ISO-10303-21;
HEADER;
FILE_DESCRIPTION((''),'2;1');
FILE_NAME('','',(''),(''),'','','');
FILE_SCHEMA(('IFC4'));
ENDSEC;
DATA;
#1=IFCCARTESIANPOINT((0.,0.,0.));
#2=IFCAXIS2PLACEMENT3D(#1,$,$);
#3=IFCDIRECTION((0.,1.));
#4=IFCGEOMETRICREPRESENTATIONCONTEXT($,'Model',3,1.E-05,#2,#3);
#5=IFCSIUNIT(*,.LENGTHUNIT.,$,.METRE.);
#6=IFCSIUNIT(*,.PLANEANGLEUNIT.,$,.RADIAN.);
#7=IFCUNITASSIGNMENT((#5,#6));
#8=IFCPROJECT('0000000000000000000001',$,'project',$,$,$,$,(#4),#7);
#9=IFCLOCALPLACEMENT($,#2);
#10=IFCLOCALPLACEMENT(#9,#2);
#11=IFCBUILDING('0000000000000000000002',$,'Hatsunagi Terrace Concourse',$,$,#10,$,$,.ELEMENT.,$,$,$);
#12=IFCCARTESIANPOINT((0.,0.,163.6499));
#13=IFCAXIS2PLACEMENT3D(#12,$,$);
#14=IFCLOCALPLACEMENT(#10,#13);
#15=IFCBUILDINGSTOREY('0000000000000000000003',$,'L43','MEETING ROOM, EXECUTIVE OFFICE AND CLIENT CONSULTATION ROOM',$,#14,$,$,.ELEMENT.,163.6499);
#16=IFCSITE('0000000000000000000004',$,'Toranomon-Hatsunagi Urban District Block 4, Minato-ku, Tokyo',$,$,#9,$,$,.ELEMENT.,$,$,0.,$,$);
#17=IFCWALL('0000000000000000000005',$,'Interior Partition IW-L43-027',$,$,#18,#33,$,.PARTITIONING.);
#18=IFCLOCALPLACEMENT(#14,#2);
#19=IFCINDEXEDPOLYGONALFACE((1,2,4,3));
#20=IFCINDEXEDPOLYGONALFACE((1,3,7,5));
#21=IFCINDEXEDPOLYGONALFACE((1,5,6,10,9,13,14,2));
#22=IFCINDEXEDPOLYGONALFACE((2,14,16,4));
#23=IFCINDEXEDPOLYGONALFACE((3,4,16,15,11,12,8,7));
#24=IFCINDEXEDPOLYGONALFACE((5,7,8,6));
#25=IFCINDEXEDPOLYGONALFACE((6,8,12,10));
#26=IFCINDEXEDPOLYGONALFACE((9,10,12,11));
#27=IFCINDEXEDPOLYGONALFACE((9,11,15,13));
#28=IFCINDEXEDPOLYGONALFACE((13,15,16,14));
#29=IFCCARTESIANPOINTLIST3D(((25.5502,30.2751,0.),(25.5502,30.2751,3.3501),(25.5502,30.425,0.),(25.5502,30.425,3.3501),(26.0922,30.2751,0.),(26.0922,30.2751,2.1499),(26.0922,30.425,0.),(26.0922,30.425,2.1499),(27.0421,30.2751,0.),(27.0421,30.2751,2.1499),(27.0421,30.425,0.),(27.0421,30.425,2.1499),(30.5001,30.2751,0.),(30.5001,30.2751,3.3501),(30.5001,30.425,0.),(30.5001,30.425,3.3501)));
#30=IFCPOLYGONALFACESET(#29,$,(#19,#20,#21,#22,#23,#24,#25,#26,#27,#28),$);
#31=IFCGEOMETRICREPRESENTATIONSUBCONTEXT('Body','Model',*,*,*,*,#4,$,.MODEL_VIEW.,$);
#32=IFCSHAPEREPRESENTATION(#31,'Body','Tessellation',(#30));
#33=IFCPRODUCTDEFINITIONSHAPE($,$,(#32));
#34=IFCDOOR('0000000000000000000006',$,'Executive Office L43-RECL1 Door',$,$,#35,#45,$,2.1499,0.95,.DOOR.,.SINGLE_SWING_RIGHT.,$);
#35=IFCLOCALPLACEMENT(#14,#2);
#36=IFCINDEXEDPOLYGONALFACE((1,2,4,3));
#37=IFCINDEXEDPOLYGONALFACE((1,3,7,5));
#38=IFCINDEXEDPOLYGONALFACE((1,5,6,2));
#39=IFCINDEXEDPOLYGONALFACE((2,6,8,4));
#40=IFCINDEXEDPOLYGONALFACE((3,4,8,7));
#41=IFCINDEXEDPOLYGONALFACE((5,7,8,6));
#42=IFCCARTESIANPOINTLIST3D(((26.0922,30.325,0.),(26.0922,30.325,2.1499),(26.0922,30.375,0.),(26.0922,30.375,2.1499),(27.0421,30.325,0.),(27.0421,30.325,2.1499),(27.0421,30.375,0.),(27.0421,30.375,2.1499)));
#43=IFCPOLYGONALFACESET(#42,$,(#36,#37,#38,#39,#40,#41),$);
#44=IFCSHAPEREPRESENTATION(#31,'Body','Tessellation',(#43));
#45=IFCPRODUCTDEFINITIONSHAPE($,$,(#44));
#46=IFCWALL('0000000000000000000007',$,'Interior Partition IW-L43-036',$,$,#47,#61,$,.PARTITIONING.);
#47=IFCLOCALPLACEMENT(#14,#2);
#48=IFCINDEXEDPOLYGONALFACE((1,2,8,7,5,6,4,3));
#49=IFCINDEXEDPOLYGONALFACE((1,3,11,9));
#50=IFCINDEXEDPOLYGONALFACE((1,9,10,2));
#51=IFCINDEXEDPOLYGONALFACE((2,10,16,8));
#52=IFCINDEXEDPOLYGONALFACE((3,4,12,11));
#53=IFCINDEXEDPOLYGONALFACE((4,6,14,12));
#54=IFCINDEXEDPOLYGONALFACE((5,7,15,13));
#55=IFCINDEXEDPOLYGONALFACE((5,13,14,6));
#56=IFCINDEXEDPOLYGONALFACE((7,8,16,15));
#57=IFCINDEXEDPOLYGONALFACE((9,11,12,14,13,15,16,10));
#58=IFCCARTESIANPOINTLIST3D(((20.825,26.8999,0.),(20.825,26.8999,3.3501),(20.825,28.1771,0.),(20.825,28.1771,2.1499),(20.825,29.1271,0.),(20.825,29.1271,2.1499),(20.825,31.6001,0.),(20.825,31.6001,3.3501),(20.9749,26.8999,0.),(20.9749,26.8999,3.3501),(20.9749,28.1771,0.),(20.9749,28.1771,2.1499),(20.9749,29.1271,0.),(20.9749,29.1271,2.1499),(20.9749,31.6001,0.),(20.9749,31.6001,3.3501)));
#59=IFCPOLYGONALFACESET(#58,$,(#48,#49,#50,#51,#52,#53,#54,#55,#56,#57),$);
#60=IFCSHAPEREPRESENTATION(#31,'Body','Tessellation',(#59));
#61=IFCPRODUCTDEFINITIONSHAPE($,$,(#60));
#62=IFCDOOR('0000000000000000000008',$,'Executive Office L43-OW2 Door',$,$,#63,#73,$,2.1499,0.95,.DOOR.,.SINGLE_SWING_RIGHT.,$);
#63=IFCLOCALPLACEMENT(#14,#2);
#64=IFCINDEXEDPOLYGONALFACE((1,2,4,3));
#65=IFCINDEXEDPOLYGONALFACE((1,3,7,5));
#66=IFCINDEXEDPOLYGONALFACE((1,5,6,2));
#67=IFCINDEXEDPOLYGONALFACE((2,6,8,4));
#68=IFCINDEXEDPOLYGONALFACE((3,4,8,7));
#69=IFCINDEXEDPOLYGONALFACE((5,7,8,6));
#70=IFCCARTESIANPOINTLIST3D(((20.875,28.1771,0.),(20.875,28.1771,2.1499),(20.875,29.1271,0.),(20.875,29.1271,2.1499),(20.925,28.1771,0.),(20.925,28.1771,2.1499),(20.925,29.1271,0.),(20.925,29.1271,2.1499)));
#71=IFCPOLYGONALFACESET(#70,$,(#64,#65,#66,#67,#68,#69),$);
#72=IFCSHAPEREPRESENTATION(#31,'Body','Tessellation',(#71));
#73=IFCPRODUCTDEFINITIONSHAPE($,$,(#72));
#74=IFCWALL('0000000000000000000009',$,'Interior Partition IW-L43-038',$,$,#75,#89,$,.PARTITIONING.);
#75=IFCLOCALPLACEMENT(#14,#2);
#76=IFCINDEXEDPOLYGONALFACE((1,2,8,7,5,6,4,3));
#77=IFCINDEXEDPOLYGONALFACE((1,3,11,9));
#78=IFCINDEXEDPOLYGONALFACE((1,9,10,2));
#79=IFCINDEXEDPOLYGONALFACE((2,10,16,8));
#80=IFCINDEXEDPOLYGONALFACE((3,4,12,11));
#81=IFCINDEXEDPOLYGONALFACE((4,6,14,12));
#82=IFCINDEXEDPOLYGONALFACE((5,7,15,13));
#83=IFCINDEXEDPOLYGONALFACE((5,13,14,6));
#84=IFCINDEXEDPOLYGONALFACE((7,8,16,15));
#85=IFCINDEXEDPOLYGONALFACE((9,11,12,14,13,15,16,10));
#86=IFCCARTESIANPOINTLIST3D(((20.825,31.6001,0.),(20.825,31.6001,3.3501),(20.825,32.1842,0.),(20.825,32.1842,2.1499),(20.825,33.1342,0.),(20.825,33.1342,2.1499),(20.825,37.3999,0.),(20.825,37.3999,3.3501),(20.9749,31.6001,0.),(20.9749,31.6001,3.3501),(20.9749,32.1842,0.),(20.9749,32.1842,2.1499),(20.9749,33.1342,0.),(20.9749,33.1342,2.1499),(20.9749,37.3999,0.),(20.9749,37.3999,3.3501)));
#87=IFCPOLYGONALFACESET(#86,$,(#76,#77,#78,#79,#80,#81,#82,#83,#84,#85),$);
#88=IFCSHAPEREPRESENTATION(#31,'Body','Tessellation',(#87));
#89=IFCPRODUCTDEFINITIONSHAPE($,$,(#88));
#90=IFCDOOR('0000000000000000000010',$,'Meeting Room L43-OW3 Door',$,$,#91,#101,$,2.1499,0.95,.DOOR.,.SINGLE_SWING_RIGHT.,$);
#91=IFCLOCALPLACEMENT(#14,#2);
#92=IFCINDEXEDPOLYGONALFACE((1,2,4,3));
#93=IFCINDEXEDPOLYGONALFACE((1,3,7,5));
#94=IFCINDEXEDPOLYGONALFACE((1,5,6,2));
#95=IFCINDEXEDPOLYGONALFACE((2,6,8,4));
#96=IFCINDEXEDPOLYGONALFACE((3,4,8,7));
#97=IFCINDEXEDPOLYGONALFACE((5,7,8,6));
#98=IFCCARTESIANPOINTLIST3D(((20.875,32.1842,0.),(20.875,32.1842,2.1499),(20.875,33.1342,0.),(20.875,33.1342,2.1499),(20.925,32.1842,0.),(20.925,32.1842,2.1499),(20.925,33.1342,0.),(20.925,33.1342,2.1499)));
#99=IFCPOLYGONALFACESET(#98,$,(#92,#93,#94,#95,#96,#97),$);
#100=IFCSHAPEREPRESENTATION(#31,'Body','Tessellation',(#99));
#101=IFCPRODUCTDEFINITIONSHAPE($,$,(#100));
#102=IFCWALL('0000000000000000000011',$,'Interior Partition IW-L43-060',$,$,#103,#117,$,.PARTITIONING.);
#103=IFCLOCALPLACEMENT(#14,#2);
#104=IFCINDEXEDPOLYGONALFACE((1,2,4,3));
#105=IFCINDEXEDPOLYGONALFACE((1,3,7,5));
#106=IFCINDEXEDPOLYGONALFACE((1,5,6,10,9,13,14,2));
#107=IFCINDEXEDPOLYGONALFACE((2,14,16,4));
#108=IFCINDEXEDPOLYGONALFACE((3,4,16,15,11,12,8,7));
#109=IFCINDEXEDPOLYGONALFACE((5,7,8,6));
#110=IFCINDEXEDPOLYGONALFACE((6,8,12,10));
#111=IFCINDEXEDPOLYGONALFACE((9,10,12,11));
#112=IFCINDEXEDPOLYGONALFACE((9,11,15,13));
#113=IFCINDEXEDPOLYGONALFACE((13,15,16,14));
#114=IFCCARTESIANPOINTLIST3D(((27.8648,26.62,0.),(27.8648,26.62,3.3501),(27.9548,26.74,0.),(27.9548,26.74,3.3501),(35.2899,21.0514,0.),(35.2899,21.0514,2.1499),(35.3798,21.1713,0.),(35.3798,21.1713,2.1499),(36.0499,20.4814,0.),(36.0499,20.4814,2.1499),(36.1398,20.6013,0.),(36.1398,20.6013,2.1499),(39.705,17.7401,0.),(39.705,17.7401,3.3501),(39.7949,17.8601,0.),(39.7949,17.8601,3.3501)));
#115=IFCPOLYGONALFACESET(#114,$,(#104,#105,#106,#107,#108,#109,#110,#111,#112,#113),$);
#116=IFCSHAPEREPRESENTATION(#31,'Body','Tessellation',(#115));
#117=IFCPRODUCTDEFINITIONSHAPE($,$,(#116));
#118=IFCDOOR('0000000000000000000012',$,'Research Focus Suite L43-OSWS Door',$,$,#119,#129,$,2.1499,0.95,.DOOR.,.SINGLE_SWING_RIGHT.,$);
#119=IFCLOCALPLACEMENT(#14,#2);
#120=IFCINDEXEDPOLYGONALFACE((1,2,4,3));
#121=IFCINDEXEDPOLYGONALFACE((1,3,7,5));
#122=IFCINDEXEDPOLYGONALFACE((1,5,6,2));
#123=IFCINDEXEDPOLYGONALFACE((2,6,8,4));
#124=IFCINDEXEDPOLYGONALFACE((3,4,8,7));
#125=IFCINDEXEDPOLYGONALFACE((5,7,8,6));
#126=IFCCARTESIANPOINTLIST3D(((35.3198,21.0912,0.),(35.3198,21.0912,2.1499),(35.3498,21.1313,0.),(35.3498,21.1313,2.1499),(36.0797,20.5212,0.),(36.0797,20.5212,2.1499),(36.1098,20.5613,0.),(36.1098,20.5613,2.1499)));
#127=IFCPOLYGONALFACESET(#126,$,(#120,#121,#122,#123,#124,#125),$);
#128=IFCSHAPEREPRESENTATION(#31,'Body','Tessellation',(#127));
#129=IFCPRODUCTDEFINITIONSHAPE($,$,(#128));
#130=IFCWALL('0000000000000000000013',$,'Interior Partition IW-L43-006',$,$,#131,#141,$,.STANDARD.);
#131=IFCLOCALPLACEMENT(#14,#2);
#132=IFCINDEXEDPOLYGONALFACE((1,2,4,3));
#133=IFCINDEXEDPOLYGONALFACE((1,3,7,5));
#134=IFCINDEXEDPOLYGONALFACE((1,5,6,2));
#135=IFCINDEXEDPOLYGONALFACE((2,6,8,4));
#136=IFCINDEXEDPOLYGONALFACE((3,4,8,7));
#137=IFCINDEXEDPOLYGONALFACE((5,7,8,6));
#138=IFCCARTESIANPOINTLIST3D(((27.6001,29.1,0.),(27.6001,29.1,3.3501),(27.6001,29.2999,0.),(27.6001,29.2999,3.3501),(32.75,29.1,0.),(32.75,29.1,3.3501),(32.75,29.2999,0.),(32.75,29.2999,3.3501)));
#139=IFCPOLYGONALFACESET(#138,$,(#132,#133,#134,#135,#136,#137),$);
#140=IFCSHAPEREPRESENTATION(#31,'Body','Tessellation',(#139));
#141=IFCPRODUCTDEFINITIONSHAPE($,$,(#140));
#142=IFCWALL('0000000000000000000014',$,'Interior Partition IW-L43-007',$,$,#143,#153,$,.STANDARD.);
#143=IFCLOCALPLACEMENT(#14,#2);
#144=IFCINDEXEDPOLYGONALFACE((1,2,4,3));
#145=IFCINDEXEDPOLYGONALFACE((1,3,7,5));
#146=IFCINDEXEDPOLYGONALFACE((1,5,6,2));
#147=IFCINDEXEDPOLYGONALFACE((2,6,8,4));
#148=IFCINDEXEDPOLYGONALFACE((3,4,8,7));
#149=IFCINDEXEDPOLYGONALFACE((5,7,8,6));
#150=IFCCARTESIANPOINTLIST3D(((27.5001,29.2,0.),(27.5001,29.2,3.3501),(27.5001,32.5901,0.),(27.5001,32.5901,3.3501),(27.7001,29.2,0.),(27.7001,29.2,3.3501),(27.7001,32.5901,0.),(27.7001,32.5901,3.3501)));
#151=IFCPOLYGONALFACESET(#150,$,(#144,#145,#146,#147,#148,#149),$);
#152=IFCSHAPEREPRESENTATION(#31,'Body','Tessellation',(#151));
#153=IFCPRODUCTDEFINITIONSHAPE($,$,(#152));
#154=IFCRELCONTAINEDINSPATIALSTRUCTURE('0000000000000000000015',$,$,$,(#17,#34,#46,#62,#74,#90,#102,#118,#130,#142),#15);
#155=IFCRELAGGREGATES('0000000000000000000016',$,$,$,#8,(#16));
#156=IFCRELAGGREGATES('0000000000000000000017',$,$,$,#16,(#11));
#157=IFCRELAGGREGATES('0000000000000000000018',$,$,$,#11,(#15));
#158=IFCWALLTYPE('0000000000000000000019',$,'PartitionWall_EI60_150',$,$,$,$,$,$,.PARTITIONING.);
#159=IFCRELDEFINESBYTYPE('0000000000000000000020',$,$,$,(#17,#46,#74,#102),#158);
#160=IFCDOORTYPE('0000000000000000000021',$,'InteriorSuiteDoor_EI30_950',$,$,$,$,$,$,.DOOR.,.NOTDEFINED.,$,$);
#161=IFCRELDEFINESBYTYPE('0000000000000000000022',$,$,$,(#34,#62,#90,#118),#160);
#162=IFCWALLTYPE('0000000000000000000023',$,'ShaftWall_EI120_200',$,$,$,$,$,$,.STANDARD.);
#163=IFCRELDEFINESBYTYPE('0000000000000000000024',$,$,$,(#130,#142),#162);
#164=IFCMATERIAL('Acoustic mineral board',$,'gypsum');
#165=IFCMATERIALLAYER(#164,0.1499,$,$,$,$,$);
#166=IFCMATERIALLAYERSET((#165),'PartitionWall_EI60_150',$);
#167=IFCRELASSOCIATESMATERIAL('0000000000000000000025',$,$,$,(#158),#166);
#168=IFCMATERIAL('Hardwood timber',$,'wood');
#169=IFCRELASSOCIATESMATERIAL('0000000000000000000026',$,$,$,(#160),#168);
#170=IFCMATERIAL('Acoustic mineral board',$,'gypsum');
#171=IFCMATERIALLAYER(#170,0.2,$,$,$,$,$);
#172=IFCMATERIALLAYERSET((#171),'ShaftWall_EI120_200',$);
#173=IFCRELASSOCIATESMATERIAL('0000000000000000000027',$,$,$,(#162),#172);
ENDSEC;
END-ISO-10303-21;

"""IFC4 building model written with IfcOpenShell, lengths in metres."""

from ifc_helpers import new_model, si_unit, direction, frame, frame_2d, origin, place, context, subcontext, project, spatial, rectangle, extrude, material, layer, layer_set, type_object, element, fill, save


model = new_model("IFC4")

# Units and contexts
model_context = context("Model", 3, precision=1e-05, world=origin(), true_north=direction((0.0, 1.0)))
body_context = subcontext(model_context, "Body", "Model", "MODEL_VIEW")
ifc_project = project(units=[si_unit("LENGTHUNIT", "METRE"), si_unit("PLANEANGLEUNIT", "RADIAN")], contexts=[model_context])

# Site, building, storey
site_placement = place(None, origin())
site = spatial("IfcSite", under=ifc_project, at=site_placement, Name="Toranomon-Hatsunagi Urban District Block 4, Minato-ku, Tokyo", CompositionType="ELEMENT", RefElevation=0.0)
building_placement = place(site_placement, origin())
building = spatial("IfcBuilding", under=site, at=building_placement, Name="Hatsunagi Terrace Concourse", CompositionType="ELEMENT")
storey_placement = place(building_placement, frame((0.0, 0.0, 163.6499)))
storey = spatial("IfcBuildingStorey", under=building, at=storey_placement, Name="L43", Description="MEETING ROOM, EXECUTIVE OFFICE AND CLIENT CONSULTATION ROOM", CompositionType="ELEMENT", Elevation=163.6499)

# Walls, openings, doors
ifc_material_1 = material(Name="Acoustic mineral board", Category="gypsum")
ifc_layer_1 = layer(ifc_material_1, 0.1499)
ifc_layer_set_1 = layer_set([ifc_layer_1], Name="PartitionWall_EI60_150")
wall_type_1 = type_object("IfcWallType", Name="PartitionWall_EI60_150", PredefinedType="PARTITIONING", material=ifc_layer_set_1)
wall_1_placement = place(storey_placement, frame((25.55, 30.3501, 0.0), z_axis=(0.0, 0.0, 1.0), x_axis=(1.0, 0.0, 0.0)))
wall_1 = element("IfcWall", 1, at=wall_1_placement, inside=storey, type_object=wall_type_1, Name="Interior Partition IW-L43-027", PredefinedType="PARTITIONING", context=body_context, shape_type="SweptSolid", body=[
    extrude(rectangle(XDim=4.95, YDim=0.1499, at=frame_2d((2.4751, 0.0))), origin(), (0.0, 0.0, 1.0), 3.3501),
])
opening_1_placement = place(wall_1_placement, frame((0.542, 0.0, 0.0)))
opening_1 = element("IfcOpeningElement", 2, at=opening_1_placement, cuts=wall_1, PredefinedType="OPENING", context=body_context, shape_type="SweptSolid", body=[
    extrude(rectangle(XDim=0.95, YDim=2.1499, at=frame_2d((0.4751, 1.075))), frame((0.0, 0.085, 0.0), z_axis=(0.0, -1.0, 0.0), x_axis=(1.0, 0.0, 0.0)), (0.0, 0.0, 1.0), 0.1699),
])
ifc_material_2 = material(Name="Hardwood timber", Category="wood")
door_type = type_object("IfcDoorType", Name="InteriorSuiteDoor_EI30_950", OperationType="NOTDEFINED", PredefinedType="DOOR", material=ifc_material_2)
door_1_placement = place(opening_1_placement, origin())
door_1 = element("IfcDoor", 3, at=door_1_placement, inside=storey, type_object=door_type, Name="Executive Office L43-RECL1 Door", OperationType="SINGLE_SWING_RIGHT", OverallHeight=2.1499, OverallWidth=0.95, PredefinedType="DOOR", context=body_context, shape_type="SweptSolid", body=[
    extrude(rectangle(XDim=0.95, YDim=2.1499, at=frame_2d((0.4751, 1.075))), frame((0.0, 0.0249, 0.0), z_axis=(0.0, -1.0, 0.0), x_axis=(1.0, 0.0, 0.0)), (0.0, 0.0, 1.0), 0.05),
])
fill(opening_1, door_1)
wall_2_placement = place(storey_placement, frame((20.8999, 26.8999, 0.0), z_axis=(0.0, 0.0, 1.0), x_axis=(0.0, 1.0, 0.0)))
wall_2 = element("IfcWall", 4, at=wall_2_placement, inside=storey, type_object=wall_type_1, Name="Interior Partition IW-L43-036", PredefinedType="PARTITIONING", context=body_context, shape_type="SweptSolid", body=[
    extrude(rectangle(XDim=4.7002, YDim=0.1499, at=frame_2d((2.3501, 0.0))), origin(), (0.0, 0.0, 1.0), 3.3501),
])
opening_2_placement = place(wall_2_placement, frame((1.2771, 0.0, 0.0)))
opening_2 = element("IfcOpeningElement", 5, at=opening_2_placement, cuts=wall_2, PredefinedType="OPENING", context=body_context, shape_type="SweptSolid", body=[
    extrude(rectangle(XDim=0.95, YDim=2.1499, at=frame_2d((0.4751, 1.075))), frame((0.0, 0.085, 0.0), z_axis=(0.0, -1.0, 0.0), x_axis=(1.0, 0.0, 0.0)), (0.0, 0.0, 1.0), 0.1699),
])
door_2_placement = place(opening_2_placement, origin())
door_2 = element("IfcDoor", 6, at=door_2_placement, inside=storey, type_object=door_type, Name="Executive Office L43-OW2 Door", OperationType="SINGLE_SWING_RIGHT", OverallHeight=2.1499, OverallWidth=0.95, PredefinedType="DOOR", context=body_context, shape_type="SweptSolid", body=[
    extrude(rectangle(XDim=0.95, YDim=2.1499, at=frame_2d((0.4751, 1.075))), frame((0.0, 0.0249, 0.0), z_axis=(0.0, -1.0, 0.0), x_axis=(1.0, 0.0, 0.0)), (0.0, 0.0, 1.0), 0.05),
])
fill(opening_2, door_2)
wall_3_placement = place(storey_placement, frame((20.8999, 31.6001, 0.0), z_axis=(0.0, 0.0, 1.0), x_axis=(0.0, 1.0, 0.0)))
wall_3 = element("IfcWall", 7, at=wall_3_placement, inside=storey, type_object=wall_type_1, Name="Interior Partition IW-L43-038", PredefinedType="PARTITIONING", context=body_context, shape_type="SweptSolid", body=[
    extrude(rectangle(XDim=5.7998, YDim=0.1499, at=frame_2d((2.8999, 0.0))), origin(), (0.0, 0.0, 1.0), 3.3501),
])
opening_3_placement = place(wall_3_placement, frame((0.584, 0.0, 0.0)))
opening_3 = element("IfcOpeningElement", 8, at=opening_3_placement, cuts=wall_3, PredefinedType="OPENING", context=body_context, shape_type="SweptSolid", body=[
    extrude(rectangle(XDim=0.95, YDim=2.1499, at=frame_2d((0.4751, 1.075))), frame((0.0, 0.085, 0.0), z_axis=(0.0, -1.0, 0.0), x_axis=(1.0, 0.0, 0.0)), (0.0, 0.0, 1.0), 0.1699),
])
door_3_placement = place(opening_3_placement, origin())
door_3 = element("IfcDoor", 9, at=door_3_placement, inside=storey, type_object=door_type, Name="Meeting Room L43-OW3 Door", OperationType="SINGLE_SWING_RIGHT", OverallHeight=2.1499, OverallWidth=0.95, PredefinedType="DOOR", context=body_context, shape_type="SweptSolid", body=[
    extrude(rectangle(XDim=0.95, YDim=2.1499, at=frame_2d((0.4751, 1.075))), frame((0.0, 0.0249, 0.0), z_axis=(0.0, -1.0, 0.0), x_axis=(1.0, 0.0, 0.0)), (0.0, 0.0, 1.0), 0.05),
])
fill(opening_3, door_3)
wall_4_placement = place(storey_placement, frame((27.9099, 26.6799, 0.0), z_axis=(0.0, 0.0, 1.0), x_axis=(0.800006, -0.599992, 0.0)))
wall_4 = element("IfcWall", 10, at=wall_4_placement, inside=storey, type_object=wall_type_1, Name="Interior Partition IW-L43-060", PredefinedType="PARTITIONING", context=body_context, shape_type="SweptSolid", body=[
    extrude(rectangle(XDim=14.8, YDim=0.1499, at=frame_2d((7.3999, 0.0))), origin(), (0.0, 0.0, 1.0), 3.3501),
])
opening_4_placement = place(wall_4_placement, frame((9.281, 0.0, 0.0)))
opening_4 = element("IfcOpeningElement", 11, at=opening_4_placement, cuts=wall_4, PredefinedType="OPENING", context=body_context, shape_type="SweptSolid", body=[
    extrude(rectangle(XDim=0.95, YDim=2.1499, at=frame_2d((0.4751, 1.075))), frame((0.0, 0.085, 0.0), z_axis=(0.0, -1.0, 0.0), x_axis=(1.0, 0.0, 0.0)), (0.0, 0.0, 1.0), 0.1699),
])
door_4_placement = place(opening_4_placement, origin())
door_4 = element("IfcDoor", 12, at=door_4_placement, inside=storey, type_object=door_type, Name="Research Focus Suite L43-OSWS Door", OperationType="SINGLE_SWING_RIGHT", OverallHeight=2.1499, OverallWidth=0.95, PredefinedType="DOOR", context=body_context, shape_type="SweptSolid", body=[
    extrude(rectangle(XDim=0.95, YDim=2.1499, at=frame_2d((0.4751, 1.075))), frame((0.0, 0.0249, 0.0), z_axis=(0.0, -1.0, 0.0), x_axis=(1.0, 0.0, 0.0)), (0.0, 0.0, 1.0), 0.05),
])
fill(opening_4, door_4)

# Walls
ifc_material_3 = material(Name="Acoustic mineral board", Category="gypsum")
ifc_layer_2 = layer(ifc_material_3, 0.2)
ifc_layer_set_2 = layer_set([ifc_layer_2], Name="ShaftWall_EI120_200")
wall_type_2 = type_object("IfcWallType", Name="ShaftWall_EI120_200", PredefinedType="STANDARD", material=ifc_layer_set_2)
wall_5_placement = place(storey_placement, frame((27.6001, 29.2, 0.0), z_axis=(0.0, 0.0, 1.0), x_axis=(1.0, 0.0, 0.0)))
element("IfcWall", 13, at=wall_5_placement, inside=storey, type_object=wall_type_2, Name="Interior Partition IW-L43-006", PredefinedType="STANDARD", context=body_context, shape_type="SweptSolid", body=[
    extrude(rectangle(XDim=5.1499, YDim=0.2, at=frame_2d((2.575, 0.0))), origin(), (0.0, 0.0, 1.0), 3.3501),
])
wall_6_placement = place(storey_placement, frame((27.6001, 29.2, 0.0), z_axis=(0.0, 0.0, 1.0), x_axis=(0.0, 1.0, 0.0)))
element("IfcWall", 14, at=wall_6_placement, inside=storey, type_object=wall_type_2, Name="Interior Partition IW-L43-007", PredefinedType="STANDARD", context=body_context, shape_type="SweptSolid", body=[
    extrude(rectangle(XDim=3.3901, YDim=0.2, at=frame_2d((1.6951, 0.0))), origin(), (0.0, 0.0, 1.0), 3.3501),
])

save(model, "model.ifc")
